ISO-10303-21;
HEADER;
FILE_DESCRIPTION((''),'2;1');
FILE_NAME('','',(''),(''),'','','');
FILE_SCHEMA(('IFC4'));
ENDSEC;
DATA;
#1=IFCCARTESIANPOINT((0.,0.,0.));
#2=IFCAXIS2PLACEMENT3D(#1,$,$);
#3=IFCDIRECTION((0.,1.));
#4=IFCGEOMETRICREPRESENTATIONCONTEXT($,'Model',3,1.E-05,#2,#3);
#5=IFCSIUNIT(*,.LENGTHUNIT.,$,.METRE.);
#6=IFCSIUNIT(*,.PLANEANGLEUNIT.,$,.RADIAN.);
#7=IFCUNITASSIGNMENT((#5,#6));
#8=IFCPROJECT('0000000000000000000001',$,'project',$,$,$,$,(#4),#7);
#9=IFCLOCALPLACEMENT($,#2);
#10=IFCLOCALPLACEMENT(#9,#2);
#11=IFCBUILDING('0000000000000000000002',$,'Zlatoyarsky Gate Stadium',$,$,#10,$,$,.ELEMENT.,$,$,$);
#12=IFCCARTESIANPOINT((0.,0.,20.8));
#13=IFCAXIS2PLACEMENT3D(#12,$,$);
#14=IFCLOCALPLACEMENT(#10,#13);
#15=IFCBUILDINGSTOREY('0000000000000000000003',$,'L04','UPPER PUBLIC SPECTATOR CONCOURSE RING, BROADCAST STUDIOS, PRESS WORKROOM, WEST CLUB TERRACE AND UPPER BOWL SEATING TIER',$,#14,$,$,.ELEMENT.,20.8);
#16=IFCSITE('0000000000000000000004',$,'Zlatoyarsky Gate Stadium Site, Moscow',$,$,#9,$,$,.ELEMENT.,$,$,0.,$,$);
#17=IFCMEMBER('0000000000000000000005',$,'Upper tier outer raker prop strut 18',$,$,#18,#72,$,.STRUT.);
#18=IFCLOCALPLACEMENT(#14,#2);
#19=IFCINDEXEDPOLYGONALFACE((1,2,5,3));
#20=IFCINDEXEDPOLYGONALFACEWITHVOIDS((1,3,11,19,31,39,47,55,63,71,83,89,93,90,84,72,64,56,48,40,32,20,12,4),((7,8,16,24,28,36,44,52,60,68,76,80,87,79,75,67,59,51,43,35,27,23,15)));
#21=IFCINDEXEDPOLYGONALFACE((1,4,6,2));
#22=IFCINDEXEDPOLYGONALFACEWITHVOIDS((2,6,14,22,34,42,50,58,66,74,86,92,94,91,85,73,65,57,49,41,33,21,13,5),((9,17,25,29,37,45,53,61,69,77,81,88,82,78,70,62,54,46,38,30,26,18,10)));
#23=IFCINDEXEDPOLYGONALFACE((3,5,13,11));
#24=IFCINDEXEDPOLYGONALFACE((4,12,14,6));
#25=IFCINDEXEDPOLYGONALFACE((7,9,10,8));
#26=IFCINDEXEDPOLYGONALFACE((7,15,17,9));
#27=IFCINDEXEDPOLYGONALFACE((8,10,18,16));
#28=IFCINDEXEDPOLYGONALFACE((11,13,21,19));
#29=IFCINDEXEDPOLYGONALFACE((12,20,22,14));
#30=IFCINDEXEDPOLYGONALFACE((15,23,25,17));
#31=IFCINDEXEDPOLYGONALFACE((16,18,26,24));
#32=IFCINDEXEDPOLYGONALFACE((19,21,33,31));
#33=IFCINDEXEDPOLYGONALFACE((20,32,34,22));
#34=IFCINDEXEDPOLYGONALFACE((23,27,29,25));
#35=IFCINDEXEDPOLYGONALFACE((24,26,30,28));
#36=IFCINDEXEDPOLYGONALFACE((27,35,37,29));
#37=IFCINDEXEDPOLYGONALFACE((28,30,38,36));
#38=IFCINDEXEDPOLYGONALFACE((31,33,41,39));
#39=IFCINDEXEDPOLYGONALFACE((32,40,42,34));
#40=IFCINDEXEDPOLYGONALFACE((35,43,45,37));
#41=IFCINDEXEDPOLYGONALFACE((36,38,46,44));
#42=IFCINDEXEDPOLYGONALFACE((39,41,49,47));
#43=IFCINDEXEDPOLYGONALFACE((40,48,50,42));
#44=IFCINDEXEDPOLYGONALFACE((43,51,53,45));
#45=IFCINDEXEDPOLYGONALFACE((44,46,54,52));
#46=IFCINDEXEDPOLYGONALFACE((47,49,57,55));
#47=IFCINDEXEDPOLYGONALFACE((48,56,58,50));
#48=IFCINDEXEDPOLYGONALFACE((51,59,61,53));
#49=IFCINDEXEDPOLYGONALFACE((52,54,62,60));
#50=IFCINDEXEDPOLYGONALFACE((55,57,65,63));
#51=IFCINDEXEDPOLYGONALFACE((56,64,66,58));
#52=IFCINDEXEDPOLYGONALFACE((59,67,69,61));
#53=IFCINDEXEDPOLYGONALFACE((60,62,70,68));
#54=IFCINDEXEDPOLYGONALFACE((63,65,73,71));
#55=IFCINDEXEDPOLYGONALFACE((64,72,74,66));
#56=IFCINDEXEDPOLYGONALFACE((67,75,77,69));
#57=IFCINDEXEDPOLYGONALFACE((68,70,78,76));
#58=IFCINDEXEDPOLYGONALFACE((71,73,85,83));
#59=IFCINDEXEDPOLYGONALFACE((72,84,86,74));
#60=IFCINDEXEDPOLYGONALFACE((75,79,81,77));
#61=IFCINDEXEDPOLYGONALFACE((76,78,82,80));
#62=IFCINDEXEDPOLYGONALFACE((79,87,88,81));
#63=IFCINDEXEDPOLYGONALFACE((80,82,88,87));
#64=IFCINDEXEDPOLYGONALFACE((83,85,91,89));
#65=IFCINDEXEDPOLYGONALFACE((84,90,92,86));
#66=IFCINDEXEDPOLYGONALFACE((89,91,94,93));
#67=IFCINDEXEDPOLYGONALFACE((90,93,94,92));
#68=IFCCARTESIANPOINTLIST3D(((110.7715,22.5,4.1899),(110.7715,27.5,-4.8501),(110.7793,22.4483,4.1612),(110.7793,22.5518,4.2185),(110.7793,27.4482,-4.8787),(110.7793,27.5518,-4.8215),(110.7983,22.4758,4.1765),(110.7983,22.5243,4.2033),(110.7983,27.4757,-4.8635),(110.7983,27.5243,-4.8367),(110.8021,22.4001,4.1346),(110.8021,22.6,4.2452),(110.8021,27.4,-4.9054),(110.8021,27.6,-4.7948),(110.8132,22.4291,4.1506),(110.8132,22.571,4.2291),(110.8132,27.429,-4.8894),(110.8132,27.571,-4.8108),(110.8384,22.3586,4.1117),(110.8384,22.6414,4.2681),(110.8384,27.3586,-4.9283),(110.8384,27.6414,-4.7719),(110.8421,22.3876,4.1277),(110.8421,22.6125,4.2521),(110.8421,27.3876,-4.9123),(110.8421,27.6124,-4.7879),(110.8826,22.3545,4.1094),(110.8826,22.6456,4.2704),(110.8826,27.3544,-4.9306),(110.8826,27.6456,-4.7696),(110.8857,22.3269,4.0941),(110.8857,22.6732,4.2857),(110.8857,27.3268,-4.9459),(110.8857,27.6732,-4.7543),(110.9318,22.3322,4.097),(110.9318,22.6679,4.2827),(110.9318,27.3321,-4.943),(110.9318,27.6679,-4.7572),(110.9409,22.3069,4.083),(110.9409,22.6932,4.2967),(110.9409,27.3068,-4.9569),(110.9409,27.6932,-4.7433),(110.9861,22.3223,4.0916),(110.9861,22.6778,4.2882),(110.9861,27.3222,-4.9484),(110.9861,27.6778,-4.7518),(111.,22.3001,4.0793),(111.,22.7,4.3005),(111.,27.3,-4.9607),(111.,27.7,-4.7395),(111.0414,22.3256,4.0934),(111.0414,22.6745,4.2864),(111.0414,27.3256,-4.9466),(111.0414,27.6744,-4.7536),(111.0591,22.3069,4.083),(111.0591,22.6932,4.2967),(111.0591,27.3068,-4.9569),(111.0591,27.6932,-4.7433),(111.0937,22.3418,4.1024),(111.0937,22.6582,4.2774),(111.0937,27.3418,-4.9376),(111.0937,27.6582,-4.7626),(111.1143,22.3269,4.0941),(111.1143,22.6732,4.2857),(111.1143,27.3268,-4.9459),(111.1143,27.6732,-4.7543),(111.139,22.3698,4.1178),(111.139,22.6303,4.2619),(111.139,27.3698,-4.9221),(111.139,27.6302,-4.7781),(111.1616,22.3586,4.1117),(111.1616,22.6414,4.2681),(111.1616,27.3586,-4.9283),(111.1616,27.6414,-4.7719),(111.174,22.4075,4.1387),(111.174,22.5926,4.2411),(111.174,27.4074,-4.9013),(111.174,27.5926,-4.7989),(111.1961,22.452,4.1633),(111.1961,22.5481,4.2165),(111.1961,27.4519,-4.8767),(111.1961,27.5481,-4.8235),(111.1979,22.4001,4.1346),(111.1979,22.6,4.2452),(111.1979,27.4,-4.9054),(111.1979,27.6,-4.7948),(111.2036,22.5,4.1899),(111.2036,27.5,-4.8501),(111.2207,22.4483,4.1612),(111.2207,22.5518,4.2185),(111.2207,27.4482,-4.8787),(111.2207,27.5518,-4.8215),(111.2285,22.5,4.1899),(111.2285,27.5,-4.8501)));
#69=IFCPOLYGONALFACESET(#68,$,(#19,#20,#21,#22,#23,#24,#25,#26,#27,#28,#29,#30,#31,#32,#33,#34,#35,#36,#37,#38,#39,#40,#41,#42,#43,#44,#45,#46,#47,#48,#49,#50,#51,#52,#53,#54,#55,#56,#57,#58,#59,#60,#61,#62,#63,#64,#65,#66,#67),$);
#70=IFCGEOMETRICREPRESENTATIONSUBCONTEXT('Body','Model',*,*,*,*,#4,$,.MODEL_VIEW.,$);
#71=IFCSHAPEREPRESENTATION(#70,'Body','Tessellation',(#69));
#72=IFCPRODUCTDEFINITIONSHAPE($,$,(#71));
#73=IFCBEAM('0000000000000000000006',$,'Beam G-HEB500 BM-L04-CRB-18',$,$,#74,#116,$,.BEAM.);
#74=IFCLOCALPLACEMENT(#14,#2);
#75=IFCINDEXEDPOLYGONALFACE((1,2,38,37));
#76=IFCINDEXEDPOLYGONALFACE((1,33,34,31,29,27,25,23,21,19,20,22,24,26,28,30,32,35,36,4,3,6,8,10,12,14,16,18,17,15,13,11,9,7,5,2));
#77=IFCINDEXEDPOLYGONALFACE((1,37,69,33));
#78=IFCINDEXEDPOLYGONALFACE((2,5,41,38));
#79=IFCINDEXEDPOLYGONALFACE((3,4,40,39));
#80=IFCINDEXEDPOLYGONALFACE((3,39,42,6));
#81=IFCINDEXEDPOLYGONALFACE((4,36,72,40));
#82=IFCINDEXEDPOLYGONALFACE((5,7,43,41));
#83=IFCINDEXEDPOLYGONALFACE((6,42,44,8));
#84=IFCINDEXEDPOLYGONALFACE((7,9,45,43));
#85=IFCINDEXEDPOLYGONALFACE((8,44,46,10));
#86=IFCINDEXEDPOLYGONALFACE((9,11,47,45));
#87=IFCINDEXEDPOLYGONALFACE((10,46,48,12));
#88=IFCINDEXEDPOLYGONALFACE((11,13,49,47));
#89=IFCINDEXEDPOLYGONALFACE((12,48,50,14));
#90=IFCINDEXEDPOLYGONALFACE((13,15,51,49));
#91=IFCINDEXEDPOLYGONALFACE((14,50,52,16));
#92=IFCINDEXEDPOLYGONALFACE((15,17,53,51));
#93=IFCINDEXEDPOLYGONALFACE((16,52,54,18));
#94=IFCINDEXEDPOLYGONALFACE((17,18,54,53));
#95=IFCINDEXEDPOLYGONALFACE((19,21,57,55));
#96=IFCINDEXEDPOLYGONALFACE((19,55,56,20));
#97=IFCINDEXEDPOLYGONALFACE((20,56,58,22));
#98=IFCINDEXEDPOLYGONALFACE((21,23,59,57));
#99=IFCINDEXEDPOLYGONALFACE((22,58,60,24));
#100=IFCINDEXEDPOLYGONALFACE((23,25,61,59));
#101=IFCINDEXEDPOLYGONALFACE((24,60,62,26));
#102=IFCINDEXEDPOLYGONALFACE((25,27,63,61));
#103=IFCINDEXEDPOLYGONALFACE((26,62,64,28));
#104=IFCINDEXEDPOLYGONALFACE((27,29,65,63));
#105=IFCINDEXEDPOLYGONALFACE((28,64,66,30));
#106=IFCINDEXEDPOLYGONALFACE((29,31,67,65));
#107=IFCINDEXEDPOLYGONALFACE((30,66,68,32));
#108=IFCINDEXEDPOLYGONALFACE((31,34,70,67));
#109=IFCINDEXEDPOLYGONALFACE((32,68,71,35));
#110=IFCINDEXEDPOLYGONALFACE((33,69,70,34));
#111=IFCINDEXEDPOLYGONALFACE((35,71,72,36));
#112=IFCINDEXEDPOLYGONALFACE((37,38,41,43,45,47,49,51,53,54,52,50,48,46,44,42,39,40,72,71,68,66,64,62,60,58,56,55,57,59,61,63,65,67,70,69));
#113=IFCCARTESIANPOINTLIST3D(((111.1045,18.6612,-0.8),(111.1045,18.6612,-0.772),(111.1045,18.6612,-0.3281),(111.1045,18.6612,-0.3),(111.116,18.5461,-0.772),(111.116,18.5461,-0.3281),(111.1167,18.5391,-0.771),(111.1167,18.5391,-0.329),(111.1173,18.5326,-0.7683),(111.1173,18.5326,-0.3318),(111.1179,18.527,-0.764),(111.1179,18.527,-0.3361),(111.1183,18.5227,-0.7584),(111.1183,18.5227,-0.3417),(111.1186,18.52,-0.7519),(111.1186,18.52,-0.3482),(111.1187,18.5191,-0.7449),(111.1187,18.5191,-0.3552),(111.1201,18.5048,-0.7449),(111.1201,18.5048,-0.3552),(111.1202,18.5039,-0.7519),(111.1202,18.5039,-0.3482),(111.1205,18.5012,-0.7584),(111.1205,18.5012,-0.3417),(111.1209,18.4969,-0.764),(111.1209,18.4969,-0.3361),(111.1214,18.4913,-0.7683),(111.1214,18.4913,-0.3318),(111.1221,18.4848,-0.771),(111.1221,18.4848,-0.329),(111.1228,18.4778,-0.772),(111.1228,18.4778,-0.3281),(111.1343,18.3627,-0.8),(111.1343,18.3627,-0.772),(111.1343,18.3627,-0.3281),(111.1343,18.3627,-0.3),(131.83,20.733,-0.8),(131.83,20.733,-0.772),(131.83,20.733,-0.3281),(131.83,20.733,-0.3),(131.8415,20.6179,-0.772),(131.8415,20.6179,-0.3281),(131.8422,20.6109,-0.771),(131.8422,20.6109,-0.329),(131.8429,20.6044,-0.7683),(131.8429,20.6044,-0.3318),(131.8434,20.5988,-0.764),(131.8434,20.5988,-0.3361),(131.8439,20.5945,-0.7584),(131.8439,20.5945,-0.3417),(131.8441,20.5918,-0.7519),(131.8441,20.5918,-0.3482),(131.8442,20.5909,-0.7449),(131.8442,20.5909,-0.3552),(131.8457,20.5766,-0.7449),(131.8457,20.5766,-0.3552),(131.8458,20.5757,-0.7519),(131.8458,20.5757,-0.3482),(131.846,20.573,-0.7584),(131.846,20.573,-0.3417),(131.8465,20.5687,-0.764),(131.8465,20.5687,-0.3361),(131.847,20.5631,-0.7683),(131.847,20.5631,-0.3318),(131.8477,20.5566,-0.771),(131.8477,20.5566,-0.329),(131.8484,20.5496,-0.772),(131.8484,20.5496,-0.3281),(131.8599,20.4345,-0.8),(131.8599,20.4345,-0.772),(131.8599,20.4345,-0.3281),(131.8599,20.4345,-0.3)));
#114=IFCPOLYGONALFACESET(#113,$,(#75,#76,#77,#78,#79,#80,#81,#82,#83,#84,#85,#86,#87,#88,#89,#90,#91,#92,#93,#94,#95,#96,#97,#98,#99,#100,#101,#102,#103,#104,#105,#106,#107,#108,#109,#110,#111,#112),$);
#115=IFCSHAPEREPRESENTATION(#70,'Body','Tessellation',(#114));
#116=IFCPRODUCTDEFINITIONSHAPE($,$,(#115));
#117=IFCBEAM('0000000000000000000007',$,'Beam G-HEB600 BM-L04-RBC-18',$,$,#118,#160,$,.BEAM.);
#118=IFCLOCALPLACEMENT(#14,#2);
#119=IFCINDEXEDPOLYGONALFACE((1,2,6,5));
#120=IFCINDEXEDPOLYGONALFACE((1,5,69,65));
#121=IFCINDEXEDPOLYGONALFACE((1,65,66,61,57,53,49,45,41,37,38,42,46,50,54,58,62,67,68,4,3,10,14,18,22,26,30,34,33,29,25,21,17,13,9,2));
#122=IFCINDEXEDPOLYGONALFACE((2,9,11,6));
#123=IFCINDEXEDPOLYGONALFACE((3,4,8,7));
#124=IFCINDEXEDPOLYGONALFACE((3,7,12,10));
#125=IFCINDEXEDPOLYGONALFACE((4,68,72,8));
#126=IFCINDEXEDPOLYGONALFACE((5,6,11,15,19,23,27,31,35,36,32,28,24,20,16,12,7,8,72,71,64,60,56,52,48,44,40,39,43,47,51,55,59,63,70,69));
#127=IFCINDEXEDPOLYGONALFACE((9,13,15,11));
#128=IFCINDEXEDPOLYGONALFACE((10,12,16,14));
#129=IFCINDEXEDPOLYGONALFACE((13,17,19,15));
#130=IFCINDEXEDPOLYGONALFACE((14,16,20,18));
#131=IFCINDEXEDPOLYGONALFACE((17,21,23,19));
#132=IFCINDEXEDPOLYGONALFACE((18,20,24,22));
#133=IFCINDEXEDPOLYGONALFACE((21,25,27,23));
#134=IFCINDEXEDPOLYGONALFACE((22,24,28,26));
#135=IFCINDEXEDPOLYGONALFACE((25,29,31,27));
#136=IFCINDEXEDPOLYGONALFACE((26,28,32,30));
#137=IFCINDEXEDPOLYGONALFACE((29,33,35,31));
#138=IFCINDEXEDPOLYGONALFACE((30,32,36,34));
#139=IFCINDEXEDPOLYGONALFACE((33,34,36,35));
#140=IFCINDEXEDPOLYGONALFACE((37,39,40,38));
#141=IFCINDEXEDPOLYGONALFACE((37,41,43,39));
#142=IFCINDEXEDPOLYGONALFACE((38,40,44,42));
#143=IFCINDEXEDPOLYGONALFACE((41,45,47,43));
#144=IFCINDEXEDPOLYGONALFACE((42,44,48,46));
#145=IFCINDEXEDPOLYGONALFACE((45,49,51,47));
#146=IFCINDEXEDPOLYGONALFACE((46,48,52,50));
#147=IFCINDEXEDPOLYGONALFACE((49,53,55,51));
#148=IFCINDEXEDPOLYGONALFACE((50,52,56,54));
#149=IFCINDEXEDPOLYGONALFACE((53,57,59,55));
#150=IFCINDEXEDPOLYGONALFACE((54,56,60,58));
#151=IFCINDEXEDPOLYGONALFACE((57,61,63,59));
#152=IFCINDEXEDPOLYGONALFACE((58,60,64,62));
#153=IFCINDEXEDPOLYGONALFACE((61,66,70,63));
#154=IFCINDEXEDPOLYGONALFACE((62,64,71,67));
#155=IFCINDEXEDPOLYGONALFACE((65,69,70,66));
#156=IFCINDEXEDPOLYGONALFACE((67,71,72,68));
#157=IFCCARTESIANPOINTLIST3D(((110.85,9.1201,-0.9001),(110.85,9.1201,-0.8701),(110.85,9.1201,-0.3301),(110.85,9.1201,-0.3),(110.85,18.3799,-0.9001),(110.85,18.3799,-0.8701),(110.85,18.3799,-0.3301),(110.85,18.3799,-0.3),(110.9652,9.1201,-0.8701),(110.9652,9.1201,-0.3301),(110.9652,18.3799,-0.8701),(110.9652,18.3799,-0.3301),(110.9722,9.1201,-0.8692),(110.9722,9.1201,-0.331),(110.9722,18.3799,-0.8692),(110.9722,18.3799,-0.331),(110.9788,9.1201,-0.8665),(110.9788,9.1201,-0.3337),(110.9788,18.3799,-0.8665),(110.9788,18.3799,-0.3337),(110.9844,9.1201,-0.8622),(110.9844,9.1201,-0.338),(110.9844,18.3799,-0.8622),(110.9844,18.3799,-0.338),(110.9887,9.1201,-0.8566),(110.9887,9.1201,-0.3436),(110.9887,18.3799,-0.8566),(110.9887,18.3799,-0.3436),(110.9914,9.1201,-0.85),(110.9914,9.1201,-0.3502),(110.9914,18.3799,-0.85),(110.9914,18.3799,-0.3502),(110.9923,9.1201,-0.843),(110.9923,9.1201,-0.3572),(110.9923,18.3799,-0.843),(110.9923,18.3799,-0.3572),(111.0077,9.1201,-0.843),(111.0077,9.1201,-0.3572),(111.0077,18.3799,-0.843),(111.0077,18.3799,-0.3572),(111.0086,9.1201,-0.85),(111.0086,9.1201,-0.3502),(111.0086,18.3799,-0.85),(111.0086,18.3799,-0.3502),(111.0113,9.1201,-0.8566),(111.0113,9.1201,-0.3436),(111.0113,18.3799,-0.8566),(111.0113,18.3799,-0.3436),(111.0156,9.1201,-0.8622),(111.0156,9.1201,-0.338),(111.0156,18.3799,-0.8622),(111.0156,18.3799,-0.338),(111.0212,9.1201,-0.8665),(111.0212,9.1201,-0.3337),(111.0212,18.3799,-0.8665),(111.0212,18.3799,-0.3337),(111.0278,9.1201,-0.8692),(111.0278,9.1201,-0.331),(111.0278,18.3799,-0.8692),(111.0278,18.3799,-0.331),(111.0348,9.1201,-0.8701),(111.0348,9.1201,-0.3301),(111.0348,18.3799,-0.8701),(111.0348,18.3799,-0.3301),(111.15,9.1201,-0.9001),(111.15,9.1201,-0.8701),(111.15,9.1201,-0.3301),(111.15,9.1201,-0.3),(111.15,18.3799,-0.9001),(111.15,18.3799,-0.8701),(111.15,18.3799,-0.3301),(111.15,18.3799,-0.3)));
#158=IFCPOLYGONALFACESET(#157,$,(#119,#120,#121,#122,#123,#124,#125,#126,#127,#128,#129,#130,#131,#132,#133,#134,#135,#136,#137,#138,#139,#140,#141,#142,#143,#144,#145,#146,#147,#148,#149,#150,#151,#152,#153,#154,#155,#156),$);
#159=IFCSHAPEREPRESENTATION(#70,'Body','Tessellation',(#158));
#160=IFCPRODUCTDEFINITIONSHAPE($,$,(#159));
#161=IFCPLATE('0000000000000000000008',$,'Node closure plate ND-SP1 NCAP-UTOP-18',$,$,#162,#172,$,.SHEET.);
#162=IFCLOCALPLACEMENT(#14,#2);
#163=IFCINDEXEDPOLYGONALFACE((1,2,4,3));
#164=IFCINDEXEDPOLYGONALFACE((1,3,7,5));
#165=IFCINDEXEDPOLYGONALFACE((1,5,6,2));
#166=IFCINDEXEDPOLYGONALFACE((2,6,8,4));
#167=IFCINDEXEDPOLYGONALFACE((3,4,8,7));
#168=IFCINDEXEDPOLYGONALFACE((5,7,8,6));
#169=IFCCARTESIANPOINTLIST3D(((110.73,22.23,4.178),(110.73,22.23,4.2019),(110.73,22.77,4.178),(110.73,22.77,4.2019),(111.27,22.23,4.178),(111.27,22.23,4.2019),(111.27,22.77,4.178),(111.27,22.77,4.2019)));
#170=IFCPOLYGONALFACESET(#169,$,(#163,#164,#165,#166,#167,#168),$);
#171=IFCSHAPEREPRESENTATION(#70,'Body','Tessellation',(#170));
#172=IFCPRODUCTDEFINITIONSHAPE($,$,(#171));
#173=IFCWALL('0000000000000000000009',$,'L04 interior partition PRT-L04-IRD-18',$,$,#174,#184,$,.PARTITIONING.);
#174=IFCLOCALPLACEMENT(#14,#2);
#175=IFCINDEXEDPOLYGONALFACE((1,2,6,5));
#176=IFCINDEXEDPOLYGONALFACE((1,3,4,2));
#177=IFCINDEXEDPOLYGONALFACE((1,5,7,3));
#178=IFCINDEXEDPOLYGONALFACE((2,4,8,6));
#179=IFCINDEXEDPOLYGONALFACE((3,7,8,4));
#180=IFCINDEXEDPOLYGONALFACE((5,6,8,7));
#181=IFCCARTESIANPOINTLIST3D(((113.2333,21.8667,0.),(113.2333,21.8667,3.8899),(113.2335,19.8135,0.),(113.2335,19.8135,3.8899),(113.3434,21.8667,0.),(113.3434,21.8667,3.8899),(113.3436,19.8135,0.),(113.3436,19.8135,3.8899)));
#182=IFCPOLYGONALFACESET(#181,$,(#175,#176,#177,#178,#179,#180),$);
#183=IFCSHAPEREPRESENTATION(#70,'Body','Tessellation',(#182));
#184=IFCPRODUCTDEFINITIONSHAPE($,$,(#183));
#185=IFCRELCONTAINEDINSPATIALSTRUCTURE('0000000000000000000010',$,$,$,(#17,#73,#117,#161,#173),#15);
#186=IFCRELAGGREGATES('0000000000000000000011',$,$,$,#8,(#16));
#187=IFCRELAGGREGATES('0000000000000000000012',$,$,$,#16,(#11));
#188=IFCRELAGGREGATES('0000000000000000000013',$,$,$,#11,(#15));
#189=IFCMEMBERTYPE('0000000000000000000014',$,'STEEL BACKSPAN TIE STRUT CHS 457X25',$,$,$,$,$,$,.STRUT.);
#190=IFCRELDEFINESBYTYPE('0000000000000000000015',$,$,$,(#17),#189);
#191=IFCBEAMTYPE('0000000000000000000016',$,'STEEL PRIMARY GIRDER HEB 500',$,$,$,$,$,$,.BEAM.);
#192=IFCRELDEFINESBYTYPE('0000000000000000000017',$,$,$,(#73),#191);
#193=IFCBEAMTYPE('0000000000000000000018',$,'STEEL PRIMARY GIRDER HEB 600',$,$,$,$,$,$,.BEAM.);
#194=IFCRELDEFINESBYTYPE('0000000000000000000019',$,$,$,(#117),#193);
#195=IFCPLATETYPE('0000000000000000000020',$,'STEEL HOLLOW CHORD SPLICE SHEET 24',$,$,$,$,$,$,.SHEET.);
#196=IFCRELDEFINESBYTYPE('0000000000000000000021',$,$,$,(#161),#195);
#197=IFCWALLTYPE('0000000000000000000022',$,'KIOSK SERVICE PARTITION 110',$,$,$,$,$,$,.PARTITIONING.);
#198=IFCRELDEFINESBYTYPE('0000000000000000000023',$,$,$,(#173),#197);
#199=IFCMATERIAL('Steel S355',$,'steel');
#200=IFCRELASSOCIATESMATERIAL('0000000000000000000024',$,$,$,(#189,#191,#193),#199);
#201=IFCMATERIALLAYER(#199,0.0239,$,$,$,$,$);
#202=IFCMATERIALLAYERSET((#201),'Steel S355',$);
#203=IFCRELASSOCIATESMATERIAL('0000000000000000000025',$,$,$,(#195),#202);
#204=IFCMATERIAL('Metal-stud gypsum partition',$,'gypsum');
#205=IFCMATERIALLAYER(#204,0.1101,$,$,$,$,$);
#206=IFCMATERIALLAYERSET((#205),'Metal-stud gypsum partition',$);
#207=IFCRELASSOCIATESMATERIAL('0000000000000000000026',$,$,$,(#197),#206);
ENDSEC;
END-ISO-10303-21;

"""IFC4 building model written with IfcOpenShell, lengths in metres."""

from ifc_helpers import new_model, si_unit, direction, frame, frame_2d, origin, origin_2d, place, context, subcontext, project, spatial, rectangle, hollow_circle, i_section, extrude, material, layer, layer_set, material_profile, profile_set, type_object, element, save


model = new_model("IFC4")

# Units and contexts
model_context = context("Model", 3, precision=1e-05, world=origin(), true_north=direction((0.0, 1.0)))
body_context = subcontext(model_context, "Body", "Model", "MODEL_VIEW")
ifc_project = project(units=[si_unit("LENGTHUNIT", "METRE"), si_unit("PLANEANGLEUNIT", "RADIAN")], contexts=[model_context])

# Site, building, storey
site_placement = place(None, origin())
site = spatial("IfcSite", under=ifc_project, at=site_placement, Name="Zlatoyarsky Gate Stadium Site, Moscow", CompositionType="ELEMENT", RefElevation=0.0)
building_placement = place(site_placement, origin())
building = spatial("IfcBuilding", under=site, at=building_placement, Name="Zlatoyarsky Gate Stadium", CompositionType="ELEMENT")
storey_placement = place(building_placement, frame((0.0, 0.0, 20.8)))
storey = spatial("IfcBuildingStorey", under=building, at=storey_placement, Name="L04", Description="UPPER PUBLIC SPECTATOR CONCOURSE RING, BROADCAST STUDIOS, PRESS WORKROOM, WEST CLUB TERRACE AND UPPER BOWL SEATING TIER", CompositionType="ELEMENT", Elevation=20.8)

# Shared definitions
ifc_material_1 = material(Name="Steel S355", Category="steel")

# Member
ifc_material_profile_1 = material_profile(ifc_material_1, hollow_circle(Radius=0.2285, WallThickness=0.0249, at=origin_2d()), Name="CHS 457X25")
ifc_profile_set_1 = profile_set([ifc_material_profile_1], Name="Steel S355")
member_type = type_object("IfcMemberType", Name="STEEL BACKSPAN TIE STRUT CHS 457X25", PredefinedType="STRUT", material=ifc_profile_set_1)
member_placement = place(storey_placement, frame((111.0, 27.5, -4.8501), z_axis=(0.0, -0.483997, 0.87507), x_axis=(1.0, 0.0, 0.0)))
element("IfcMember", 1, at=member_placement, inside=storey, type_object=member_type, Name="Upper tier outer raker prop strut 18", PredefinedType="STRUT", context=body_context, shape_type="SweptSolid", body=[
    extrude(hollow_circle(Radius=0.2285, WallThickness=0.0249, at=origin_2d()), origin(), (0.0, 0.0, 1.0), 10.3306),
])

# Beams
ifc_material_profile_2 = material_profile(ifc_material_1, i_section(OverallWidth=0.3, OverallDepth=0.5, WebThickness=0.0144, FlangeThickness=0.0281, FilletRadius=0.0271, at=origin_2d()), Name="HEB 500")
ifc_profile_set_2 = profile_set([ifc_material_profile_2], Name="Steel S355")
beam_type_1 = type_object("IfcBeamType", Name="STEEL PRIMARY GIRDER HEB 500", PredefinedType="BEAM", material=ifc_profile_set_2)
beam_1_placement = place(storey_placement, frame((111.1194, 18.512, -0.55), z_axis=(0.995041, 0.099467, 0.0), x_axis=(-0.099467, 0.995041, 0.0)))
element("IfcBeam", 2, at=beam_1_placement, inside=storey, type_object=beam_type_1, Name="Beam G-HEB500 BM-L04-CRB-18", PredefinedType="BEAM", context=body_context, shape_type="SweptSolid", body=[
    extrude(i_section(OverallWidth=0.3, OverallDepth=0.5, WebThickness=0.0144, FlangeThickness=0.0281, FilletRadius=0.0271, at=origin_2d()), origin(), (0.0, 0.0, 1.0), 20.8289),
])
ifc_material_profile_3 = material_profile(ifc_material_1, i_section(OverallWidth=0.3, OverallDepth=0.6001, WebThickness=0.0154, FlangeThickness=0.03, FilletRadius=0.0271, at=origin_2d()), Name="HEB 600")
ifc_profile_set_3 = profile_set([ifc_material_profile_3], Name="Steel S355")
beam_type_2 = type_object("IfcBeamType", Name="STEEL PRIMARY GIRDER HEB 600", PredefinedType="BEAM", material=ifc_profile_set_3)
beam_2_placement = place(storey_placement, frame((111.0, 18.3799, -0.6001), z_axis=(0.0, -1.0, 0.0), x_axis=(1.0, 0.0, 0.0)))
element("IfcBeam", 3, at=beam_2_placement, inside=storey, type_object=beam_type_2, Name="Beam G-HEB600 BM-L04-RBC-18", PredefinedType="BEAM", context=body_context, shape_type="SweptSolid", body=[
    extrude(i_section(OverallWidth=0.3, OverallDepth=0.6001, WebThickness=0.0154, FlangeThickness=0.03, FilletRadius=0.0271, at=origin_2d()), origin(), (0.0, 0.0, 1.0), 9.2598),
])

# Plate
ifc_layer_1 = layer(ifc_material_1, 0.0239)
ifc_layer_set_1 = layer_set([ifc_layer_1], Name="Steel S355")
plate_type = type_object("IfcPlateType", Name="STEEL HOLLOW CHORD SPLICE SHEET 24", PredefinedType="SHEET", material=ifc_layer_set_1)
plate_placement = place(storey_placement, frame((111.0, 22.5, 4.178), z_axis=(0.0, 0.0, 1.0), x_axis=(1.0, 0.0, 0.0)))
element("IfcPlate", 4, at=plate_placement, inside=storey, type_object=plate_type, Name="Node closure plate ND-SP1 NCAP-UTOP-18", PredefinedType="SHEET", context=body_context, shape_type="SweptSolid", body=[
    extrude(rectangle(XDim=0.54, YDim=0.54, at=origin_2d()), origin(), (0.0, 0.0, 1.0), 0.0239),
])

# Wall
ifc_material_2 = material(Name="Metal-stud gypsum partition", Category="gypsum")
ifc_layer_2 = layer(ifc_material_2, 0.1101)
ifc_layer_set_2 = layer_set([ifc_layer_2], Name="Metal-stud gypsum partition")
wall_type_1 = type_object("IfcWallType", Name="KIOSK SERVICE PARTITION 110", PredefinedType="PARTITIONING", material=ifc_layer_set_2)
wall_1_placement = place(storey_placement, frame((113.2883, 21.8667, 0.0), z_axis=(0.0, 0.0, 1.0), x_axis=(0.000119, -1.0, 0.0)))
element("IfcWall", 5, at=wall_1_placement, inside=storey, type_object=wall_type_1, Name="L04 interior partition PRT-L04-IRD-18", PredefinedType="PARTITIONING", context=body_context, shape_type="SweptSolid", body=[
    extrude(rectangle(XDim=2.0532, YDim=0.1101, at=frame_2d((1.0266, 0.0))), origin(), (0.0, 0.0, 1.0), 3.8899),
])

save(model, "model.ifc")
